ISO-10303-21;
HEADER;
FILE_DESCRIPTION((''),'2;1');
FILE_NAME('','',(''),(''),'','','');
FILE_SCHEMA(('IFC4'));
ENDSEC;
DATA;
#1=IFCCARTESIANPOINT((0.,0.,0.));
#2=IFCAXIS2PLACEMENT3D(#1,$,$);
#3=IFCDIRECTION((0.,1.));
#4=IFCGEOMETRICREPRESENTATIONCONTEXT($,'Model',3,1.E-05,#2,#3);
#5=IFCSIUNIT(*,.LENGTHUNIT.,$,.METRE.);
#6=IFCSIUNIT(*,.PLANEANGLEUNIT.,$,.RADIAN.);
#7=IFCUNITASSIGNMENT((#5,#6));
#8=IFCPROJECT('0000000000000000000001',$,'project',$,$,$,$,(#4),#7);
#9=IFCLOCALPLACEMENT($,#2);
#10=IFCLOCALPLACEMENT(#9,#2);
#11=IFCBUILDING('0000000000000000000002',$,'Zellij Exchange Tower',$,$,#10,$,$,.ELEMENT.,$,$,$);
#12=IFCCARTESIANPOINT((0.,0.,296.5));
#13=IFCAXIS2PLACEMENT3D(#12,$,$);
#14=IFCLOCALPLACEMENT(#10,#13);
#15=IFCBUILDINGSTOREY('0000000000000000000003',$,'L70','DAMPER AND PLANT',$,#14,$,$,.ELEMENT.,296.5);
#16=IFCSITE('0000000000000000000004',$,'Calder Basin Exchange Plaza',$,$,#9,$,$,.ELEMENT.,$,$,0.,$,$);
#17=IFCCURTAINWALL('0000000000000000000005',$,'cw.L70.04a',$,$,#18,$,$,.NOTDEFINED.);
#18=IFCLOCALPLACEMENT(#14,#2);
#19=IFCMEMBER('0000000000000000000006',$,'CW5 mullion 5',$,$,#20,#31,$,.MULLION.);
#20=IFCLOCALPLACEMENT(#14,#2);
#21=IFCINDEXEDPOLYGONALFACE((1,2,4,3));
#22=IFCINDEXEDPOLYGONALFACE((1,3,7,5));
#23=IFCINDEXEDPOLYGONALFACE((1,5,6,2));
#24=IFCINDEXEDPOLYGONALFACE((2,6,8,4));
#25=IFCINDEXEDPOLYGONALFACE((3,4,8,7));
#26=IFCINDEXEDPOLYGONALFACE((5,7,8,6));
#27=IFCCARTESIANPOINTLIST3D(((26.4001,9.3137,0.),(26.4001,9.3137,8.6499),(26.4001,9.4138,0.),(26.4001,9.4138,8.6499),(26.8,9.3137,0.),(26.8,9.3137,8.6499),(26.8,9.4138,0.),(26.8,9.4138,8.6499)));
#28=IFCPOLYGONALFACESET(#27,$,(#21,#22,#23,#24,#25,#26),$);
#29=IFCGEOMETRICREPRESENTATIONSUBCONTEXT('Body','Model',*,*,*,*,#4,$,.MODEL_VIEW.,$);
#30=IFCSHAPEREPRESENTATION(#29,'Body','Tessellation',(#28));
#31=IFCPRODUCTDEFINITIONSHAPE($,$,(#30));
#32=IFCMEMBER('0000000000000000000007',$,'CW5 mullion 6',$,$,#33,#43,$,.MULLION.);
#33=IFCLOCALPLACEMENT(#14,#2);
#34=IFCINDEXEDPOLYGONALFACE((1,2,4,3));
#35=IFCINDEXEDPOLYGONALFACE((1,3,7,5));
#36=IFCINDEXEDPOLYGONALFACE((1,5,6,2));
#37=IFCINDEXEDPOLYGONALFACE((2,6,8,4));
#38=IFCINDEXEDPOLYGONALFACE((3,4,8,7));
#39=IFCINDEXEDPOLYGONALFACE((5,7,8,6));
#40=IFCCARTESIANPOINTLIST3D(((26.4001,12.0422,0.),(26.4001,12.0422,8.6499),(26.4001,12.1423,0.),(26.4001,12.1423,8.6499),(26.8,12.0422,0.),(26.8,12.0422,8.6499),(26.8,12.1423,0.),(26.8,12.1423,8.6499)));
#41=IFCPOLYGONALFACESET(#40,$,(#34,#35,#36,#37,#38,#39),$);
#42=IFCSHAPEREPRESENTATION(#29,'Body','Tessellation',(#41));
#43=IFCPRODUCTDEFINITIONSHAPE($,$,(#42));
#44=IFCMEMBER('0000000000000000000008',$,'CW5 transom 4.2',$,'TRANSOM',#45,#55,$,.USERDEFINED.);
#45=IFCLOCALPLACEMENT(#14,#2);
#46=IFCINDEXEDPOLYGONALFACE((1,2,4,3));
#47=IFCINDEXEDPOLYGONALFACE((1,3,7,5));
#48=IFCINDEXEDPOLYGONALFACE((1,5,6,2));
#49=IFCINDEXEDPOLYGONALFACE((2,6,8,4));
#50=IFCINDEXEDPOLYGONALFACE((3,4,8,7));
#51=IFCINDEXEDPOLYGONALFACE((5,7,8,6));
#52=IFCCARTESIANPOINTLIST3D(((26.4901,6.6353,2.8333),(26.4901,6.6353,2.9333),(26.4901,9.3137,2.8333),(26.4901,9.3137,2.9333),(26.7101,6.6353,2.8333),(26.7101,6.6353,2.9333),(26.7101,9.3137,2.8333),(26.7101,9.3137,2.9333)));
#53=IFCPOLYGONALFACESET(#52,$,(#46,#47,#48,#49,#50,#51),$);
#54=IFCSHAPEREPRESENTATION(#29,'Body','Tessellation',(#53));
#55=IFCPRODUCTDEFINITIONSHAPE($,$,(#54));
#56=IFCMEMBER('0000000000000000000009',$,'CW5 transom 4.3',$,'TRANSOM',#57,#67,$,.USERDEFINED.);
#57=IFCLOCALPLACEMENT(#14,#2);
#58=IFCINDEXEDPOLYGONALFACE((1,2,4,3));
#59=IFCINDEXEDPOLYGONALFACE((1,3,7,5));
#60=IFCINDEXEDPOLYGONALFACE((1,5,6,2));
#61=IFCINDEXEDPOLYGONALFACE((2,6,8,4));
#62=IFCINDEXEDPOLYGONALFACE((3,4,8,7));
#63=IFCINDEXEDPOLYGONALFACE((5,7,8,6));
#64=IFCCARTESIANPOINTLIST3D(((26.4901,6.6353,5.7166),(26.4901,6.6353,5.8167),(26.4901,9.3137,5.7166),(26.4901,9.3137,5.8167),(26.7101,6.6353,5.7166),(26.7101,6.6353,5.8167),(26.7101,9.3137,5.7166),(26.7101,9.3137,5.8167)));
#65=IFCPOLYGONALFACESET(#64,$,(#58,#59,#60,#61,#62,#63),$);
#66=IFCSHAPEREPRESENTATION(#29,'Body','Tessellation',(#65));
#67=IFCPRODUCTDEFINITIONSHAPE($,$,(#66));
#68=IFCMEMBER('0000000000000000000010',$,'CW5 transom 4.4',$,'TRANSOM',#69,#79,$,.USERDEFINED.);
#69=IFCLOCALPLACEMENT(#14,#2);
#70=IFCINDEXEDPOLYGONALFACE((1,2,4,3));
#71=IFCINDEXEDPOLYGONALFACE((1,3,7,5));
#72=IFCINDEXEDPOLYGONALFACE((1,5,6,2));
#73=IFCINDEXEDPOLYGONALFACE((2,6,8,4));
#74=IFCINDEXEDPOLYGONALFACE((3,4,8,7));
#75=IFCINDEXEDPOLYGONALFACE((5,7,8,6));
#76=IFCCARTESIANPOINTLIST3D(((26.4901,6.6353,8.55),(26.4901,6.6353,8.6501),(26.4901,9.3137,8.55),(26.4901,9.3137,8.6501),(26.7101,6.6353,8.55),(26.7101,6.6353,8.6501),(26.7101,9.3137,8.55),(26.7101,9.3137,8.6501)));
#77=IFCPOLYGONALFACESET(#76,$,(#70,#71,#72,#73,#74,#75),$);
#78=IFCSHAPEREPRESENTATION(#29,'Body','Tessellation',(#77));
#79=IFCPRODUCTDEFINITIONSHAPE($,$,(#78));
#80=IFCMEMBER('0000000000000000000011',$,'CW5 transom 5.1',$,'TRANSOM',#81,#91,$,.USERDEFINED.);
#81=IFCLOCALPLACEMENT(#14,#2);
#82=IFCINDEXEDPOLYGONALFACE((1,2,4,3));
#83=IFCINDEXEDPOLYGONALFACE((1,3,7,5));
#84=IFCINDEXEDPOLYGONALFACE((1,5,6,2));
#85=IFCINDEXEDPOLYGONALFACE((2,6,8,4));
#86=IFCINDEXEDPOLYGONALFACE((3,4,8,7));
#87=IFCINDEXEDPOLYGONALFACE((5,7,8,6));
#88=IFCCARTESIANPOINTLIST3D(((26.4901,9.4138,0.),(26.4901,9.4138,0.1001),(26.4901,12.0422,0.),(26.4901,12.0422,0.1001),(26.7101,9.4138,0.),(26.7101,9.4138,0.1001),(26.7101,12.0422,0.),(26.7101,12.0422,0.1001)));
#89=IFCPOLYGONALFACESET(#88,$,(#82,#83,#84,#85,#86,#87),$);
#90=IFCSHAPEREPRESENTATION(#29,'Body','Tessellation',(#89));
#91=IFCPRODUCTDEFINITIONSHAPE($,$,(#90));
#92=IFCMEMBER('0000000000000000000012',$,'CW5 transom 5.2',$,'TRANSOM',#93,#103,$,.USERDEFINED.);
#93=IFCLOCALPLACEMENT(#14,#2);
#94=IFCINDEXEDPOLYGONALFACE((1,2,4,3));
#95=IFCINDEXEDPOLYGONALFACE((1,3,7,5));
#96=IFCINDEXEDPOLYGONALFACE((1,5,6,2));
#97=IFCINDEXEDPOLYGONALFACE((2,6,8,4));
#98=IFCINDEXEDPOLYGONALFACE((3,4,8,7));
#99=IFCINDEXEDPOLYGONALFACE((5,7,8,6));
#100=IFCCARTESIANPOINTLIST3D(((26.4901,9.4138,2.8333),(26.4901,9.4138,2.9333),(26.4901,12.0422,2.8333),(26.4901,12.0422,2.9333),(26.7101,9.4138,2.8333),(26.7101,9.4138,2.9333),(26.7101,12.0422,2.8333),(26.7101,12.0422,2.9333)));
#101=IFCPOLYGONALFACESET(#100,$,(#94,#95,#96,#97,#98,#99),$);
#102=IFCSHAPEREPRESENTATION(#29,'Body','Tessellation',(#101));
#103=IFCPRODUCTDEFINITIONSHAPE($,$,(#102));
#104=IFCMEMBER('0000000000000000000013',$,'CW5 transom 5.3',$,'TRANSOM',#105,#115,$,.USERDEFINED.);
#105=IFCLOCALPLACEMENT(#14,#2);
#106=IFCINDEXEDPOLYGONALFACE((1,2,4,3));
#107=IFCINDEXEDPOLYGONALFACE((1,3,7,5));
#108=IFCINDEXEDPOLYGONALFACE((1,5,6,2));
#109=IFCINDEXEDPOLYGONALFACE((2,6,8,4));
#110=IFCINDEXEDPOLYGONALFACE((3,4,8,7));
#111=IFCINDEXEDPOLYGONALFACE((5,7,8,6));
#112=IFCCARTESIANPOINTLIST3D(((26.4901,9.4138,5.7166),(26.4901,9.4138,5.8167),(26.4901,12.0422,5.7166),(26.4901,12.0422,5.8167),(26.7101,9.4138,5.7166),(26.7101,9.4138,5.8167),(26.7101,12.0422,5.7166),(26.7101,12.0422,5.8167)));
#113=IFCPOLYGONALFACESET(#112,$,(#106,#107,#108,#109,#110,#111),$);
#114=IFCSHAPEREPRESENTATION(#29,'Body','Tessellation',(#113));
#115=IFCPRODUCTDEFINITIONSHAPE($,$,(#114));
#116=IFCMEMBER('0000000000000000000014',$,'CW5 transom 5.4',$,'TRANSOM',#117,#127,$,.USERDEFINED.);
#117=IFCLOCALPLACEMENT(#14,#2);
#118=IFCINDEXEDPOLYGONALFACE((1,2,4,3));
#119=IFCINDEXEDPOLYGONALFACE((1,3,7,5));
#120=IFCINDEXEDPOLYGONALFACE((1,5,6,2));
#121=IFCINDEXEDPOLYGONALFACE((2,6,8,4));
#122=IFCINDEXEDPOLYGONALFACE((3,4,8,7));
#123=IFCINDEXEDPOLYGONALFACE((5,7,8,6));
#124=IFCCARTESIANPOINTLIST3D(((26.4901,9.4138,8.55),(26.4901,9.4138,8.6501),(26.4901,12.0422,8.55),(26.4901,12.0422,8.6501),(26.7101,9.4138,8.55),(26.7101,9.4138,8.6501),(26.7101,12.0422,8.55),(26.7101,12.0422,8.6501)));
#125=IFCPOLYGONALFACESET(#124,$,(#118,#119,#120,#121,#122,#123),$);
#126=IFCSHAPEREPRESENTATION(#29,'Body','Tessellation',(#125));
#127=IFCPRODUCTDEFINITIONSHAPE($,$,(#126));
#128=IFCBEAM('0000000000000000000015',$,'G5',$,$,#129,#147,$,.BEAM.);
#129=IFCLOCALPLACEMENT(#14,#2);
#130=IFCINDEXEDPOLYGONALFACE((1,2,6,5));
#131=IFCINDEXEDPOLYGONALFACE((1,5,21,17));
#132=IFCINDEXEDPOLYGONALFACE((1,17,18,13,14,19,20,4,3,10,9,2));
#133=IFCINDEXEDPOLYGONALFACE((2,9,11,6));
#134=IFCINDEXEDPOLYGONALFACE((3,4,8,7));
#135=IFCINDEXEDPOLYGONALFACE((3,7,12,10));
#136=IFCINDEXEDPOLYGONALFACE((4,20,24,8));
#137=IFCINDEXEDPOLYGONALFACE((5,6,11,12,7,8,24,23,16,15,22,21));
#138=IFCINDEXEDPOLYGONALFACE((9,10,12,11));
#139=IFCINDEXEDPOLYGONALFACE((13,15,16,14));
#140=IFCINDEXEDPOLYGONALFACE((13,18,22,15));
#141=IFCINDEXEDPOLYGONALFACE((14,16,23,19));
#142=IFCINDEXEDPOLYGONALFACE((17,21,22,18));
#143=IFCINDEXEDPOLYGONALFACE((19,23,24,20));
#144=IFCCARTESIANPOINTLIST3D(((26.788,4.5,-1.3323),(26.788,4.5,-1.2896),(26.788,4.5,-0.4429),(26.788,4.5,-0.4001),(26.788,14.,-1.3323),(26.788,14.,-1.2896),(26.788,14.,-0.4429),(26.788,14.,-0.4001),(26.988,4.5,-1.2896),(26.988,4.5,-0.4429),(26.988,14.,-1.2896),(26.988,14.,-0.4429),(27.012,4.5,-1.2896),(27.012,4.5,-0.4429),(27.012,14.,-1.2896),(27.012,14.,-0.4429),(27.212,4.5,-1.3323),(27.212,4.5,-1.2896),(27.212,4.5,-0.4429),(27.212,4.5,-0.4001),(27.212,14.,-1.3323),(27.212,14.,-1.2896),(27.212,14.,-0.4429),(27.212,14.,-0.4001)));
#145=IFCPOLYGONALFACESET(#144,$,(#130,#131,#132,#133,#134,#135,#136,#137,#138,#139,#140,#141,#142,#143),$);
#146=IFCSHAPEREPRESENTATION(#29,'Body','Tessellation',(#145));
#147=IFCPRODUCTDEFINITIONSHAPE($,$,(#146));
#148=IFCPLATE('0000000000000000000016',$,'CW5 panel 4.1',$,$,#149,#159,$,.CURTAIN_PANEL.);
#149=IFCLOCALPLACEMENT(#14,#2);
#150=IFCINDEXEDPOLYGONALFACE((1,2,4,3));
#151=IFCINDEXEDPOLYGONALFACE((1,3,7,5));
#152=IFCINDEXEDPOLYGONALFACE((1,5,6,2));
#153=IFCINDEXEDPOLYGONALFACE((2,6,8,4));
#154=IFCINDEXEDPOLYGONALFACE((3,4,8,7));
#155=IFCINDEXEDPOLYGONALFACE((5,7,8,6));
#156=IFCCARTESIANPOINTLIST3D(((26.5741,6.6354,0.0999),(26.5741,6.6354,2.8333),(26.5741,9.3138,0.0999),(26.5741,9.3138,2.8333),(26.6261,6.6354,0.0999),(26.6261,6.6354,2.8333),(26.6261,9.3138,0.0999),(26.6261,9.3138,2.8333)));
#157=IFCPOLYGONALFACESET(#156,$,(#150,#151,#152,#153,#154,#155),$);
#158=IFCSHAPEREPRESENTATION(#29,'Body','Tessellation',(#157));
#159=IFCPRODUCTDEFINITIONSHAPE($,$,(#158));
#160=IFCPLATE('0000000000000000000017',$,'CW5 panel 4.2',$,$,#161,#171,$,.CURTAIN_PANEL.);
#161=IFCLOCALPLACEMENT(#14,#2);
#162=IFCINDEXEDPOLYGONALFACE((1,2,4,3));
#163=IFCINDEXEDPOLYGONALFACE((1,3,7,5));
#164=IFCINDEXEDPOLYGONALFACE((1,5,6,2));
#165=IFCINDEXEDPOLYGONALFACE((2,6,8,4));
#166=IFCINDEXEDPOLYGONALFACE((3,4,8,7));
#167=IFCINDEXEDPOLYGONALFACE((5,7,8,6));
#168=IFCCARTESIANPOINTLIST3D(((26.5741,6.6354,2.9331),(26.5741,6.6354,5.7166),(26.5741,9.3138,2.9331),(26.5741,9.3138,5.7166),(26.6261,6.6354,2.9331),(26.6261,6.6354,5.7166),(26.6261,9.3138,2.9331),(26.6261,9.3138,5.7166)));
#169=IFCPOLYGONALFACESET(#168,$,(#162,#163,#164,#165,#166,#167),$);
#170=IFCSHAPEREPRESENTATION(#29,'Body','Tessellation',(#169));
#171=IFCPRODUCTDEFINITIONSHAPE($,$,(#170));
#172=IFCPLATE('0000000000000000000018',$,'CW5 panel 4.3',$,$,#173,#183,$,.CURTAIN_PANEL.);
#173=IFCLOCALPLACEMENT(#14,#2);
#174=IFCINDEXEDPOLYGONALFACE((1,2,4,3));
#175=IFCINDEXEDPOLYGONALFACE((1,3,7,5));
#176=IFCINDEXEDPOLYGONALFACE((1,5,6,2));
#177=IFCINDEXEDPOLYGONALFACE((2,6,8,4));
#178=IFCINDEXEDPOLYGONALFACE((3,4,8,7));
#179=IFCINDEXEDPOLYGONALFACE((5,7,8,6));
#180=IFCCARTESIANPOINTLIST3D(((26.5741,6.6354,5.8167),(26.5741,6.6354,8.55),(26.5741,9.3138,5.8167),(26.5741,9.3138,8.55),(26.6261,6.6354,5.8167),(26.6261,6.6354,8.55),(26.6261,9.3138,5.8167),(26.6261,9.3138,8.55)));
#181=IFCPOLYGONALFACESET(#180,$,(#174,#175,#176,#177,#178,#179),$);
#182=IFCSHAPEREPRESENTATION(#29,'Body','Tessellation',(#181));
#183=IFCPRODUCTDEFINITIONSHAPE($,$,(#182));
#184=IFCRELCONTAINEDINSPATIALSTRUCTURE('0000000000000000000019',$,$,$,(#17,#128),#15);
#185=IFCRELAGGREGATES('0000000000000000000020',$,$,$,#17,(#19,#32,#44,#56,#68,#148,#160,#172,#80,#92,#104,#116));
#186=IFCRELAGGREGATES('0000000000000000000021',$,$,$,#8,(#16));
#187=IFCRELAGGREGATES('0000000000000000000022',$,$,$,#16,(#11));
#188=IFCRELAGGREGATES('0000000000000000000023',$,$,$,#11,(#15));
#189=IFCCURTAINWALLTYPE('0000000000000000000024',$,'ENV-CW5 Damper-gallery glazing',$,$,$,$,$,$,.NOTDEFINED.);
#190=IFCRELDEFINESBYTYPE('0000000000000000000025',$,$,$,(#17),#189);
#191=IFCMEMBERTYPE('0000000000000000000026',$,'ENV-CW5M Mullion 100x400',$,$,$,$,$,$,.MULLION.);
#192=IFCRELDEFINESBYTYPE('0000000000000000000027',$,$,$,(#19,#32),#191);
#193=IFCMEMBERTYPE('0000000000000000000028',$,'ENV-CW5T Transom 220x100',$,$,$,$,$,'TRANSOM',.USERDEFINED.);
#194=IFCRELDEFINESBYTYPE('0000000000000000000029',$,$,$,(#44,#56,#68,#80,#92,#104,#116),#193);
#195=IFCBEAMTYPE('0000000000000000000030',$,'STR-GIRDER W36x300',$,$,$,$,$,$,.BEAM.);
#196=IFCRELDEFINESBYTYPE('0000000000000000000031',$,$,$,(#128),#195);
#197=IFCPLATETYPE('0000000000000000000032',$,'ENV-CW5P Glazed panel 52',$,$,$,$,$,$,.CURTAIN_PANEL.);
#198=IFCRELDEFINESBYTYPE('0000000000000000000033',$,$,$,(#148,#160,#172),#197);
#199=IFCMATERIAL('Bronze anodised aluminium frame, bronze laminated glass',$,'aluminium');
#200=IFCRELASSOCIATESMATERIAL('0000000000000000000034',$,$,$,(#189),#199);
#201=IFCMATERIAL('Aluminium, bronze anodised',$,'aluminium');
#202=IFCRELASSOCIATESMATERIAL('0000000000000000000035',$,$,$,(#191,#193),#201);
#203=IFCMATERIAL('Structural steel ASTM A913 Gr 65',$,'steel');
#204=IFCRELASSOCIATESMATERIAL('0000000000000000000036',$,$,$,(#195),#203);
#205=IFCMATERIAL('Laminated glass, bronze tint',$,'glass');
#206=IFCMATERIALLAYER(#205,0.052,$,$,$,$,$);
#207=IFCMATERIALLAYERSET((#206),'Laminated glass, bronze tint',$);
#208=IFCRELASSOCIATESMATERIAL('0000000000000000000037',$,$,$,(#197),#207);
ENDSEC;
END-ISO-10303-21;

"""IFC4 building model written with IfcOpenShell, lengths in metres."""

from ifc_helpers import new_model, si_unit, direction, frame, origin, origin_2d, place, context, subcontext, project, spatial, rectangle, i_section, extrude, material, layer, layer_set, material_profile, profile_set, type_object, element, aggregate, save


model = new_model("IFC4")

# Units and contexts
model_context = context("Model", 3, precision=1e-05, world=origin(), true_north=direction((0.0, 1.0)))
body_context = subcontext(model_context, "Body", "Model", "MODEL_VIEW")
ifc_project = project(units=[si_unit("LENGTHUNIT", "METRE"), si_unit("PLANEANGLEUNIT", "RADIAN")], contexts=[model_context])

# Site, building, storey
site_placement = place(None, origin())
site = spatial("IfcSite", under=ifc_project, at=site_placement, Name="Calder Basin Exchange Plaza", CompositionType="ELEMENT", RefElevation=0.0)
building_placement = place(site_placement, origin())
building = spatial("IfcBuilding", under=site, at=building_placement, Name="Zellij Exchange Tower", CompositionType="ELEMENT")
storey_placement = place(building_placement, frame((0.0, 0.0, 296.5)))
storey = spatial("IfcBuildingStorey", under=building, at=storey_placement, Name="L70", Description="DAMPER AND PLANT", CompositionType="ELEMENT", Elevation=296.5)

# Curtain wall, members
ifc_material_1 = material(Name="Bronze anodised aluminium frame, bronze laminated glass", Category="aluminium")
curtain_wall_type = type_object("IfcCurtainWallType", Name="ENV-CW5 Damper-gallery glazing", PredefinedType="NOTDEFINED", material=ifc_material_1)
curtain_wall_placement = place(storey_placement, origin())
curtain_wall = element("IfcCurtainWall", 1, at=curtain_wall_placement, inside=storey, type_object=curtain_wall_type, Name="cw.L70.04a", PredefinedType="NOTDEFINED")
ifc_material_2 = material(Name="Aluminium, bronze anodised", Category="aluminium")
ifc_material_profile_1 = material_profile(ifc_material_2, rectangle(XDim=0.1001, YDim=0.3999, at=origin_2d()), Name="AL 100x400")
ifc_profile_set_1 = profile_set([ifc_material_profile_1], Name="Aluminium, bronze anodised")
member_type_1 = type_object("IfcMemberType", Name="ENV-CW5M Mullion 100x400", PredefinedType="MULLION", material=ifc_profile_set_1)
member_1_placement = place(storey_placement, frame((26.6001, 9.3638, 0.0), z_axis=(0.0, 0.0, 1.0), x_axis=(0.0, 1.0, 0.0)))
member_1 = element("IfcMember", 2, at=member_1_placement, type_object=member_type_1, Name="CW5 mullion 5", PredefinedType="MULLION", context=body_context, shape_type="SweptSolid", body=[
    extrude(rectangle(XDim=0.1001, YDim=0.3999, at=origin_2d()), origin(), (0.0, 0.0, 1.0), 8.6499),
])
member_2_placement = place(storey_placement, frame((26.6001, 12.0923, 0.0), z_axis=(0.0, 0.0, 1.0), x_axis=(0.0, 1.0, 0.0)))
member_2 = element("IfcMember", 3, at=member_2_placement, type_object=member_type_1, Name="CW5 mullion 6", PredefinedType="MULLION", context=body_context, shape_type="SweptSolid", body=[
    extrude(rectangle(XDim=0.1001, YDim=0.3999, at=origin_2d()), origin(), (0.0, 0.0, 1.0), 8.6499),
])
ifc_material_profile_2 = material_profile(ifc_material_2, rectangle(XDim=0.22, YDim=0.1001, at=origin_2d()), Name="AL 220x100")
ifc_profile_set_2 = profile_set([ifc_material_profile_2], Name="Aluminium, bronze anodised")
member_type_2 = type_object("IfcMemberType", Name="ENV-CW5T Transom 220x100", ElementType="TRANSOM", PredefinedType="USERDEFINED", material=ifc_profile_set_2)
member_3_placement = place(storey_placement, frame((26.6001, 6.6353, 2.8833), z_axis=(0.0, 1.0, 0.0), x_axis=(-1.0, 0.0, 0.0)))
member_3 = element("IfcMember", 4, at=member_3_placement, type_object=member_type_2, Name="CW5 transom 4.2", ObjectType="TRANSOM", PredefinedType="USERDEFINED", context=body_context, shape_type="SweptSolid", body=[
    extrude(rectangle(XDim=0.22, YDim=0.1001, at=origin_2d()), origin(), (0.0, 0.0, 1.0), 2.6785),
])
member_4_placement = place(storey_placement, frame((26.6001, 6.6353, 5.7666), z_axis=(0.0, 1.0, 0.0), x_axis=(-1.0, 0.0, 0.0)))
member_4 = element("IfcMember", 5, at=member_4_placement, type_object=member_type_2, Name="CW5 transom 4.3", ObjectType="TRANSOM", PredefinedType="USERDEFINED", context=body_context, shape_type="SweptSolid", body=[
    extrude(rectangle(XDim=0.22, YDim=0.1001, at=origin_2d()), origin(), (0.0, 0.0, 1.0), 2.6785),
])
member_5_placement = place(storey_placement, frame((26.6001, 6.6353, 8.6001), z_axis=(0.0, 1.0, 0.0), x_axis=(-1.0, 0.0, 0.0)))
member_5 = element("IfcMember", 6, at=member_5_placement, type_object=member_type_2, Name="CW5 transom 4.4", ObjectType="TRANSOM", PredefinedType="USERDEFINED", context=body_context, shape_type="SweptSolid", body=[
    extrude(rectangle(XDim=0.22, YDim=0.1001, at=origin_2d()), origin(), (0.0, 0.0, 1.0), 2.6785),
])
member_6_placement = place(storey_placement, frame((26.6001, 9.4138, 0.05), z_axis=(0.0, 1.0, 0.0), x_axis=(-1.0, 0.0, 0.0)))
member_6 = element("IfcMember", 7, at=member_6_placement, type_object=member_type_2, Name="CW5 transom 5.1", ObjectType="TRANSOM", PredefinedType="USERDEFINED", context=body_context, shape_type="SweptSolid", body=[
    extrude(rectangle(XDim=0.22, YDim=0.1001, at=origin_2d()), origin(), (0.0, 0.0, 1.0), 2.6284),
])
member_7_placement = place(storey_placement, frame((26.6001, 9.4138, 2.8833), z_axis=(0.0, 1.0, 0.0), x_axis=(-1.0, 0.0, 0.0)))
member_7 = element("IfcMember", 8, at=member_7_placement, type_object=member_type_2, Name="CW5 transom 5.2", ObjectType="TRANSOM", PredefinedType="USERDEFINED", context=body_context, shape_type="SweptSolid", body=[
    extrude(rectangle(XDim=0.22, YDim=0.1001, at=origin_2d()), origin(), (0.0, 0.0, 1.0), 2.6284),
])
member_8_placement = place(storey_placement, frame((26.6001, 9.4138, 5.7666), z_axis=(0.0, 1.0, 0.0), x_axis=(-1.0, 0.0, 0.0)))
member_8 = element("IfcMember", 9, at=member_8_placement, type_object=member_type_2, Name="CW5 transom 5.3", ObjectType="TRANSOM", PredefinedType="USERDEFINED", context=body_context, shape_type="SweptSolid", body=[
    extrude(rectangle(XDim=0.22, YDim=0.1001, at=origin_2d()), origin(), (0.0, 0.0, 1.0), 2.6284),
])
member_9_placement = place(storey_placement, frame((26.6001, 9.4138, 8.6001), z_axis=(0.0, 1.0, 0.0), x_axis=(-1.0, 0.0, 0.0)))
member_9 = element("IfcMember", 10, at=member_9_placement, type_object=member_type_2, Name="CW5 transom 5.4", ObjectType="TRANSOM", PredefinedType="USERDEFINED", context=body_context, shape_type="SweptSolid", body=[
    extrude(rectangle(XDim=0.22, YDim=0.1001, at=origin_2d()), origin(), (0.0, 0.0, 1.0), 2.6284),
])

# Beam
ifc_material_3 = material(Name="Structural steel ASTM A913 Gr 65", Category="steel")
ifc_material_profile_3 = material_profile(ifc_material_3, i_section(OverallWidth=0.4241, OverallDepth=0.9321, WebThickness=0.0239, FlangeThickness=0.0427, at=origin_2d()), Name="W36x300")
ifc_profile_set_3 = profile_set([ifc_material_profile_3], Name="Structural steel ASTM A913 Gr 65")
beam_type = type_object("IfcBeamType", Name="STR-GIRDER W36x300", PredefinedType="BEAM", material=ifc_profile_set_3)
beam_placement = place(storey_placement, frame((27.0, 4.5, -0.8662), z_axis=(0.0, 1.0, 0.0), x_axis=(-1.0, 0.0, 0.0)))
element("IfcBeam", 11, at=beam_placement, inside=storey, type_object=beam_type, Name="G5", PredefinedType="BEAM", context=body_context, shape_type="SweptSolid", body=[
    extrude(i_section(OverallWidth=0.4241, OverallDepth=0.9321, WebThickness=0.0239, FlangeThickness=0.0427, at=origin_2d()), origin(), (0.0, 0.0, 1.0), 9.5),
])

# Plates
ifc_material_4 = material(Name="Laminated glass, bronze tint", Category="glass")
ifc_layer_1 = layer(ifc_material_4, 0.052)
ifc_layer_set_1 = layer_set([ifc_layer_1], Name="Laminated glass, bronze tint")
plate_type = type_object("IfcPlateType", Name="ENV-CW5P Glazed panel 52", PredefinedType="CURTAIN_PANEL", material=ifc_layer_set_1)
plate_1_placement = place(storey_placement, frame((26.6001, 7.9746, 0.0999), z_axis=(0.0, 0.0, 1.0), x_axis=(0.0, 1.0, 0.0)))
plate_1 = element("IfcPlate", 12, at=plate_1_placement, type_object=plate_type, Name="CW5 panel 4.1", PredefinedType="CURTAIN_PANEL", context=body_context, shape_type="SweptSolid", body=[
    extrude(rectangle(XDim=2.6785, YDim=0.052, at=origin_2d()), origin(), (0.0, 0.0, 1.0), 2.7334),
])
plate_2_placement = place(storey_placement, frame((26.6001, 7.9746, 2.9331), z_axis=(0.0, 0.0, 1.0), x_axis=(0.0, 1.0, 0.0)))
plate_2 = element("IfcPlate", 13, at=plate_2_placement, type_object=plate_type, Name="CW5 panel 4.2", PredefinedType="CURTAIN_PANEL", context=body_context, shape_type="SweptSolid", body=[
    extrude(rectangle(XDim=2.6785, YDim=0.052, at=origin_2d()), origin(), (0.0, 0.0, 1.0), 2.7834),
])
plate_3_placement = place(storey_placement, frame((26.6001, 7.9746, 5.8167), z_axis=(0.0, 0.0, 1.0), x_axis=(0.0, 1.0, 0.0)))
plate_3 = element("IfcPlate", 14, at=plate_3_placement, type_object=plate_type, Name="CW5 panel 4.3", PredefinedType="CURTAIN_PANEL", context=body_context, shape_type="SweptSolid", body=[
    extrude(rectangle(XDim=2.6785, YDim=0.052, at=origin_2d()), origin(), (0.0, 0.0, 1.0), 2.7334),
])
aggregate(curtain_wall, [member_1, member_2, member_3, member_4, member_5, plate_1, plate_2, plate_3, member_6, member_7, member_8, member_9])

save(model, "model.ifc")
